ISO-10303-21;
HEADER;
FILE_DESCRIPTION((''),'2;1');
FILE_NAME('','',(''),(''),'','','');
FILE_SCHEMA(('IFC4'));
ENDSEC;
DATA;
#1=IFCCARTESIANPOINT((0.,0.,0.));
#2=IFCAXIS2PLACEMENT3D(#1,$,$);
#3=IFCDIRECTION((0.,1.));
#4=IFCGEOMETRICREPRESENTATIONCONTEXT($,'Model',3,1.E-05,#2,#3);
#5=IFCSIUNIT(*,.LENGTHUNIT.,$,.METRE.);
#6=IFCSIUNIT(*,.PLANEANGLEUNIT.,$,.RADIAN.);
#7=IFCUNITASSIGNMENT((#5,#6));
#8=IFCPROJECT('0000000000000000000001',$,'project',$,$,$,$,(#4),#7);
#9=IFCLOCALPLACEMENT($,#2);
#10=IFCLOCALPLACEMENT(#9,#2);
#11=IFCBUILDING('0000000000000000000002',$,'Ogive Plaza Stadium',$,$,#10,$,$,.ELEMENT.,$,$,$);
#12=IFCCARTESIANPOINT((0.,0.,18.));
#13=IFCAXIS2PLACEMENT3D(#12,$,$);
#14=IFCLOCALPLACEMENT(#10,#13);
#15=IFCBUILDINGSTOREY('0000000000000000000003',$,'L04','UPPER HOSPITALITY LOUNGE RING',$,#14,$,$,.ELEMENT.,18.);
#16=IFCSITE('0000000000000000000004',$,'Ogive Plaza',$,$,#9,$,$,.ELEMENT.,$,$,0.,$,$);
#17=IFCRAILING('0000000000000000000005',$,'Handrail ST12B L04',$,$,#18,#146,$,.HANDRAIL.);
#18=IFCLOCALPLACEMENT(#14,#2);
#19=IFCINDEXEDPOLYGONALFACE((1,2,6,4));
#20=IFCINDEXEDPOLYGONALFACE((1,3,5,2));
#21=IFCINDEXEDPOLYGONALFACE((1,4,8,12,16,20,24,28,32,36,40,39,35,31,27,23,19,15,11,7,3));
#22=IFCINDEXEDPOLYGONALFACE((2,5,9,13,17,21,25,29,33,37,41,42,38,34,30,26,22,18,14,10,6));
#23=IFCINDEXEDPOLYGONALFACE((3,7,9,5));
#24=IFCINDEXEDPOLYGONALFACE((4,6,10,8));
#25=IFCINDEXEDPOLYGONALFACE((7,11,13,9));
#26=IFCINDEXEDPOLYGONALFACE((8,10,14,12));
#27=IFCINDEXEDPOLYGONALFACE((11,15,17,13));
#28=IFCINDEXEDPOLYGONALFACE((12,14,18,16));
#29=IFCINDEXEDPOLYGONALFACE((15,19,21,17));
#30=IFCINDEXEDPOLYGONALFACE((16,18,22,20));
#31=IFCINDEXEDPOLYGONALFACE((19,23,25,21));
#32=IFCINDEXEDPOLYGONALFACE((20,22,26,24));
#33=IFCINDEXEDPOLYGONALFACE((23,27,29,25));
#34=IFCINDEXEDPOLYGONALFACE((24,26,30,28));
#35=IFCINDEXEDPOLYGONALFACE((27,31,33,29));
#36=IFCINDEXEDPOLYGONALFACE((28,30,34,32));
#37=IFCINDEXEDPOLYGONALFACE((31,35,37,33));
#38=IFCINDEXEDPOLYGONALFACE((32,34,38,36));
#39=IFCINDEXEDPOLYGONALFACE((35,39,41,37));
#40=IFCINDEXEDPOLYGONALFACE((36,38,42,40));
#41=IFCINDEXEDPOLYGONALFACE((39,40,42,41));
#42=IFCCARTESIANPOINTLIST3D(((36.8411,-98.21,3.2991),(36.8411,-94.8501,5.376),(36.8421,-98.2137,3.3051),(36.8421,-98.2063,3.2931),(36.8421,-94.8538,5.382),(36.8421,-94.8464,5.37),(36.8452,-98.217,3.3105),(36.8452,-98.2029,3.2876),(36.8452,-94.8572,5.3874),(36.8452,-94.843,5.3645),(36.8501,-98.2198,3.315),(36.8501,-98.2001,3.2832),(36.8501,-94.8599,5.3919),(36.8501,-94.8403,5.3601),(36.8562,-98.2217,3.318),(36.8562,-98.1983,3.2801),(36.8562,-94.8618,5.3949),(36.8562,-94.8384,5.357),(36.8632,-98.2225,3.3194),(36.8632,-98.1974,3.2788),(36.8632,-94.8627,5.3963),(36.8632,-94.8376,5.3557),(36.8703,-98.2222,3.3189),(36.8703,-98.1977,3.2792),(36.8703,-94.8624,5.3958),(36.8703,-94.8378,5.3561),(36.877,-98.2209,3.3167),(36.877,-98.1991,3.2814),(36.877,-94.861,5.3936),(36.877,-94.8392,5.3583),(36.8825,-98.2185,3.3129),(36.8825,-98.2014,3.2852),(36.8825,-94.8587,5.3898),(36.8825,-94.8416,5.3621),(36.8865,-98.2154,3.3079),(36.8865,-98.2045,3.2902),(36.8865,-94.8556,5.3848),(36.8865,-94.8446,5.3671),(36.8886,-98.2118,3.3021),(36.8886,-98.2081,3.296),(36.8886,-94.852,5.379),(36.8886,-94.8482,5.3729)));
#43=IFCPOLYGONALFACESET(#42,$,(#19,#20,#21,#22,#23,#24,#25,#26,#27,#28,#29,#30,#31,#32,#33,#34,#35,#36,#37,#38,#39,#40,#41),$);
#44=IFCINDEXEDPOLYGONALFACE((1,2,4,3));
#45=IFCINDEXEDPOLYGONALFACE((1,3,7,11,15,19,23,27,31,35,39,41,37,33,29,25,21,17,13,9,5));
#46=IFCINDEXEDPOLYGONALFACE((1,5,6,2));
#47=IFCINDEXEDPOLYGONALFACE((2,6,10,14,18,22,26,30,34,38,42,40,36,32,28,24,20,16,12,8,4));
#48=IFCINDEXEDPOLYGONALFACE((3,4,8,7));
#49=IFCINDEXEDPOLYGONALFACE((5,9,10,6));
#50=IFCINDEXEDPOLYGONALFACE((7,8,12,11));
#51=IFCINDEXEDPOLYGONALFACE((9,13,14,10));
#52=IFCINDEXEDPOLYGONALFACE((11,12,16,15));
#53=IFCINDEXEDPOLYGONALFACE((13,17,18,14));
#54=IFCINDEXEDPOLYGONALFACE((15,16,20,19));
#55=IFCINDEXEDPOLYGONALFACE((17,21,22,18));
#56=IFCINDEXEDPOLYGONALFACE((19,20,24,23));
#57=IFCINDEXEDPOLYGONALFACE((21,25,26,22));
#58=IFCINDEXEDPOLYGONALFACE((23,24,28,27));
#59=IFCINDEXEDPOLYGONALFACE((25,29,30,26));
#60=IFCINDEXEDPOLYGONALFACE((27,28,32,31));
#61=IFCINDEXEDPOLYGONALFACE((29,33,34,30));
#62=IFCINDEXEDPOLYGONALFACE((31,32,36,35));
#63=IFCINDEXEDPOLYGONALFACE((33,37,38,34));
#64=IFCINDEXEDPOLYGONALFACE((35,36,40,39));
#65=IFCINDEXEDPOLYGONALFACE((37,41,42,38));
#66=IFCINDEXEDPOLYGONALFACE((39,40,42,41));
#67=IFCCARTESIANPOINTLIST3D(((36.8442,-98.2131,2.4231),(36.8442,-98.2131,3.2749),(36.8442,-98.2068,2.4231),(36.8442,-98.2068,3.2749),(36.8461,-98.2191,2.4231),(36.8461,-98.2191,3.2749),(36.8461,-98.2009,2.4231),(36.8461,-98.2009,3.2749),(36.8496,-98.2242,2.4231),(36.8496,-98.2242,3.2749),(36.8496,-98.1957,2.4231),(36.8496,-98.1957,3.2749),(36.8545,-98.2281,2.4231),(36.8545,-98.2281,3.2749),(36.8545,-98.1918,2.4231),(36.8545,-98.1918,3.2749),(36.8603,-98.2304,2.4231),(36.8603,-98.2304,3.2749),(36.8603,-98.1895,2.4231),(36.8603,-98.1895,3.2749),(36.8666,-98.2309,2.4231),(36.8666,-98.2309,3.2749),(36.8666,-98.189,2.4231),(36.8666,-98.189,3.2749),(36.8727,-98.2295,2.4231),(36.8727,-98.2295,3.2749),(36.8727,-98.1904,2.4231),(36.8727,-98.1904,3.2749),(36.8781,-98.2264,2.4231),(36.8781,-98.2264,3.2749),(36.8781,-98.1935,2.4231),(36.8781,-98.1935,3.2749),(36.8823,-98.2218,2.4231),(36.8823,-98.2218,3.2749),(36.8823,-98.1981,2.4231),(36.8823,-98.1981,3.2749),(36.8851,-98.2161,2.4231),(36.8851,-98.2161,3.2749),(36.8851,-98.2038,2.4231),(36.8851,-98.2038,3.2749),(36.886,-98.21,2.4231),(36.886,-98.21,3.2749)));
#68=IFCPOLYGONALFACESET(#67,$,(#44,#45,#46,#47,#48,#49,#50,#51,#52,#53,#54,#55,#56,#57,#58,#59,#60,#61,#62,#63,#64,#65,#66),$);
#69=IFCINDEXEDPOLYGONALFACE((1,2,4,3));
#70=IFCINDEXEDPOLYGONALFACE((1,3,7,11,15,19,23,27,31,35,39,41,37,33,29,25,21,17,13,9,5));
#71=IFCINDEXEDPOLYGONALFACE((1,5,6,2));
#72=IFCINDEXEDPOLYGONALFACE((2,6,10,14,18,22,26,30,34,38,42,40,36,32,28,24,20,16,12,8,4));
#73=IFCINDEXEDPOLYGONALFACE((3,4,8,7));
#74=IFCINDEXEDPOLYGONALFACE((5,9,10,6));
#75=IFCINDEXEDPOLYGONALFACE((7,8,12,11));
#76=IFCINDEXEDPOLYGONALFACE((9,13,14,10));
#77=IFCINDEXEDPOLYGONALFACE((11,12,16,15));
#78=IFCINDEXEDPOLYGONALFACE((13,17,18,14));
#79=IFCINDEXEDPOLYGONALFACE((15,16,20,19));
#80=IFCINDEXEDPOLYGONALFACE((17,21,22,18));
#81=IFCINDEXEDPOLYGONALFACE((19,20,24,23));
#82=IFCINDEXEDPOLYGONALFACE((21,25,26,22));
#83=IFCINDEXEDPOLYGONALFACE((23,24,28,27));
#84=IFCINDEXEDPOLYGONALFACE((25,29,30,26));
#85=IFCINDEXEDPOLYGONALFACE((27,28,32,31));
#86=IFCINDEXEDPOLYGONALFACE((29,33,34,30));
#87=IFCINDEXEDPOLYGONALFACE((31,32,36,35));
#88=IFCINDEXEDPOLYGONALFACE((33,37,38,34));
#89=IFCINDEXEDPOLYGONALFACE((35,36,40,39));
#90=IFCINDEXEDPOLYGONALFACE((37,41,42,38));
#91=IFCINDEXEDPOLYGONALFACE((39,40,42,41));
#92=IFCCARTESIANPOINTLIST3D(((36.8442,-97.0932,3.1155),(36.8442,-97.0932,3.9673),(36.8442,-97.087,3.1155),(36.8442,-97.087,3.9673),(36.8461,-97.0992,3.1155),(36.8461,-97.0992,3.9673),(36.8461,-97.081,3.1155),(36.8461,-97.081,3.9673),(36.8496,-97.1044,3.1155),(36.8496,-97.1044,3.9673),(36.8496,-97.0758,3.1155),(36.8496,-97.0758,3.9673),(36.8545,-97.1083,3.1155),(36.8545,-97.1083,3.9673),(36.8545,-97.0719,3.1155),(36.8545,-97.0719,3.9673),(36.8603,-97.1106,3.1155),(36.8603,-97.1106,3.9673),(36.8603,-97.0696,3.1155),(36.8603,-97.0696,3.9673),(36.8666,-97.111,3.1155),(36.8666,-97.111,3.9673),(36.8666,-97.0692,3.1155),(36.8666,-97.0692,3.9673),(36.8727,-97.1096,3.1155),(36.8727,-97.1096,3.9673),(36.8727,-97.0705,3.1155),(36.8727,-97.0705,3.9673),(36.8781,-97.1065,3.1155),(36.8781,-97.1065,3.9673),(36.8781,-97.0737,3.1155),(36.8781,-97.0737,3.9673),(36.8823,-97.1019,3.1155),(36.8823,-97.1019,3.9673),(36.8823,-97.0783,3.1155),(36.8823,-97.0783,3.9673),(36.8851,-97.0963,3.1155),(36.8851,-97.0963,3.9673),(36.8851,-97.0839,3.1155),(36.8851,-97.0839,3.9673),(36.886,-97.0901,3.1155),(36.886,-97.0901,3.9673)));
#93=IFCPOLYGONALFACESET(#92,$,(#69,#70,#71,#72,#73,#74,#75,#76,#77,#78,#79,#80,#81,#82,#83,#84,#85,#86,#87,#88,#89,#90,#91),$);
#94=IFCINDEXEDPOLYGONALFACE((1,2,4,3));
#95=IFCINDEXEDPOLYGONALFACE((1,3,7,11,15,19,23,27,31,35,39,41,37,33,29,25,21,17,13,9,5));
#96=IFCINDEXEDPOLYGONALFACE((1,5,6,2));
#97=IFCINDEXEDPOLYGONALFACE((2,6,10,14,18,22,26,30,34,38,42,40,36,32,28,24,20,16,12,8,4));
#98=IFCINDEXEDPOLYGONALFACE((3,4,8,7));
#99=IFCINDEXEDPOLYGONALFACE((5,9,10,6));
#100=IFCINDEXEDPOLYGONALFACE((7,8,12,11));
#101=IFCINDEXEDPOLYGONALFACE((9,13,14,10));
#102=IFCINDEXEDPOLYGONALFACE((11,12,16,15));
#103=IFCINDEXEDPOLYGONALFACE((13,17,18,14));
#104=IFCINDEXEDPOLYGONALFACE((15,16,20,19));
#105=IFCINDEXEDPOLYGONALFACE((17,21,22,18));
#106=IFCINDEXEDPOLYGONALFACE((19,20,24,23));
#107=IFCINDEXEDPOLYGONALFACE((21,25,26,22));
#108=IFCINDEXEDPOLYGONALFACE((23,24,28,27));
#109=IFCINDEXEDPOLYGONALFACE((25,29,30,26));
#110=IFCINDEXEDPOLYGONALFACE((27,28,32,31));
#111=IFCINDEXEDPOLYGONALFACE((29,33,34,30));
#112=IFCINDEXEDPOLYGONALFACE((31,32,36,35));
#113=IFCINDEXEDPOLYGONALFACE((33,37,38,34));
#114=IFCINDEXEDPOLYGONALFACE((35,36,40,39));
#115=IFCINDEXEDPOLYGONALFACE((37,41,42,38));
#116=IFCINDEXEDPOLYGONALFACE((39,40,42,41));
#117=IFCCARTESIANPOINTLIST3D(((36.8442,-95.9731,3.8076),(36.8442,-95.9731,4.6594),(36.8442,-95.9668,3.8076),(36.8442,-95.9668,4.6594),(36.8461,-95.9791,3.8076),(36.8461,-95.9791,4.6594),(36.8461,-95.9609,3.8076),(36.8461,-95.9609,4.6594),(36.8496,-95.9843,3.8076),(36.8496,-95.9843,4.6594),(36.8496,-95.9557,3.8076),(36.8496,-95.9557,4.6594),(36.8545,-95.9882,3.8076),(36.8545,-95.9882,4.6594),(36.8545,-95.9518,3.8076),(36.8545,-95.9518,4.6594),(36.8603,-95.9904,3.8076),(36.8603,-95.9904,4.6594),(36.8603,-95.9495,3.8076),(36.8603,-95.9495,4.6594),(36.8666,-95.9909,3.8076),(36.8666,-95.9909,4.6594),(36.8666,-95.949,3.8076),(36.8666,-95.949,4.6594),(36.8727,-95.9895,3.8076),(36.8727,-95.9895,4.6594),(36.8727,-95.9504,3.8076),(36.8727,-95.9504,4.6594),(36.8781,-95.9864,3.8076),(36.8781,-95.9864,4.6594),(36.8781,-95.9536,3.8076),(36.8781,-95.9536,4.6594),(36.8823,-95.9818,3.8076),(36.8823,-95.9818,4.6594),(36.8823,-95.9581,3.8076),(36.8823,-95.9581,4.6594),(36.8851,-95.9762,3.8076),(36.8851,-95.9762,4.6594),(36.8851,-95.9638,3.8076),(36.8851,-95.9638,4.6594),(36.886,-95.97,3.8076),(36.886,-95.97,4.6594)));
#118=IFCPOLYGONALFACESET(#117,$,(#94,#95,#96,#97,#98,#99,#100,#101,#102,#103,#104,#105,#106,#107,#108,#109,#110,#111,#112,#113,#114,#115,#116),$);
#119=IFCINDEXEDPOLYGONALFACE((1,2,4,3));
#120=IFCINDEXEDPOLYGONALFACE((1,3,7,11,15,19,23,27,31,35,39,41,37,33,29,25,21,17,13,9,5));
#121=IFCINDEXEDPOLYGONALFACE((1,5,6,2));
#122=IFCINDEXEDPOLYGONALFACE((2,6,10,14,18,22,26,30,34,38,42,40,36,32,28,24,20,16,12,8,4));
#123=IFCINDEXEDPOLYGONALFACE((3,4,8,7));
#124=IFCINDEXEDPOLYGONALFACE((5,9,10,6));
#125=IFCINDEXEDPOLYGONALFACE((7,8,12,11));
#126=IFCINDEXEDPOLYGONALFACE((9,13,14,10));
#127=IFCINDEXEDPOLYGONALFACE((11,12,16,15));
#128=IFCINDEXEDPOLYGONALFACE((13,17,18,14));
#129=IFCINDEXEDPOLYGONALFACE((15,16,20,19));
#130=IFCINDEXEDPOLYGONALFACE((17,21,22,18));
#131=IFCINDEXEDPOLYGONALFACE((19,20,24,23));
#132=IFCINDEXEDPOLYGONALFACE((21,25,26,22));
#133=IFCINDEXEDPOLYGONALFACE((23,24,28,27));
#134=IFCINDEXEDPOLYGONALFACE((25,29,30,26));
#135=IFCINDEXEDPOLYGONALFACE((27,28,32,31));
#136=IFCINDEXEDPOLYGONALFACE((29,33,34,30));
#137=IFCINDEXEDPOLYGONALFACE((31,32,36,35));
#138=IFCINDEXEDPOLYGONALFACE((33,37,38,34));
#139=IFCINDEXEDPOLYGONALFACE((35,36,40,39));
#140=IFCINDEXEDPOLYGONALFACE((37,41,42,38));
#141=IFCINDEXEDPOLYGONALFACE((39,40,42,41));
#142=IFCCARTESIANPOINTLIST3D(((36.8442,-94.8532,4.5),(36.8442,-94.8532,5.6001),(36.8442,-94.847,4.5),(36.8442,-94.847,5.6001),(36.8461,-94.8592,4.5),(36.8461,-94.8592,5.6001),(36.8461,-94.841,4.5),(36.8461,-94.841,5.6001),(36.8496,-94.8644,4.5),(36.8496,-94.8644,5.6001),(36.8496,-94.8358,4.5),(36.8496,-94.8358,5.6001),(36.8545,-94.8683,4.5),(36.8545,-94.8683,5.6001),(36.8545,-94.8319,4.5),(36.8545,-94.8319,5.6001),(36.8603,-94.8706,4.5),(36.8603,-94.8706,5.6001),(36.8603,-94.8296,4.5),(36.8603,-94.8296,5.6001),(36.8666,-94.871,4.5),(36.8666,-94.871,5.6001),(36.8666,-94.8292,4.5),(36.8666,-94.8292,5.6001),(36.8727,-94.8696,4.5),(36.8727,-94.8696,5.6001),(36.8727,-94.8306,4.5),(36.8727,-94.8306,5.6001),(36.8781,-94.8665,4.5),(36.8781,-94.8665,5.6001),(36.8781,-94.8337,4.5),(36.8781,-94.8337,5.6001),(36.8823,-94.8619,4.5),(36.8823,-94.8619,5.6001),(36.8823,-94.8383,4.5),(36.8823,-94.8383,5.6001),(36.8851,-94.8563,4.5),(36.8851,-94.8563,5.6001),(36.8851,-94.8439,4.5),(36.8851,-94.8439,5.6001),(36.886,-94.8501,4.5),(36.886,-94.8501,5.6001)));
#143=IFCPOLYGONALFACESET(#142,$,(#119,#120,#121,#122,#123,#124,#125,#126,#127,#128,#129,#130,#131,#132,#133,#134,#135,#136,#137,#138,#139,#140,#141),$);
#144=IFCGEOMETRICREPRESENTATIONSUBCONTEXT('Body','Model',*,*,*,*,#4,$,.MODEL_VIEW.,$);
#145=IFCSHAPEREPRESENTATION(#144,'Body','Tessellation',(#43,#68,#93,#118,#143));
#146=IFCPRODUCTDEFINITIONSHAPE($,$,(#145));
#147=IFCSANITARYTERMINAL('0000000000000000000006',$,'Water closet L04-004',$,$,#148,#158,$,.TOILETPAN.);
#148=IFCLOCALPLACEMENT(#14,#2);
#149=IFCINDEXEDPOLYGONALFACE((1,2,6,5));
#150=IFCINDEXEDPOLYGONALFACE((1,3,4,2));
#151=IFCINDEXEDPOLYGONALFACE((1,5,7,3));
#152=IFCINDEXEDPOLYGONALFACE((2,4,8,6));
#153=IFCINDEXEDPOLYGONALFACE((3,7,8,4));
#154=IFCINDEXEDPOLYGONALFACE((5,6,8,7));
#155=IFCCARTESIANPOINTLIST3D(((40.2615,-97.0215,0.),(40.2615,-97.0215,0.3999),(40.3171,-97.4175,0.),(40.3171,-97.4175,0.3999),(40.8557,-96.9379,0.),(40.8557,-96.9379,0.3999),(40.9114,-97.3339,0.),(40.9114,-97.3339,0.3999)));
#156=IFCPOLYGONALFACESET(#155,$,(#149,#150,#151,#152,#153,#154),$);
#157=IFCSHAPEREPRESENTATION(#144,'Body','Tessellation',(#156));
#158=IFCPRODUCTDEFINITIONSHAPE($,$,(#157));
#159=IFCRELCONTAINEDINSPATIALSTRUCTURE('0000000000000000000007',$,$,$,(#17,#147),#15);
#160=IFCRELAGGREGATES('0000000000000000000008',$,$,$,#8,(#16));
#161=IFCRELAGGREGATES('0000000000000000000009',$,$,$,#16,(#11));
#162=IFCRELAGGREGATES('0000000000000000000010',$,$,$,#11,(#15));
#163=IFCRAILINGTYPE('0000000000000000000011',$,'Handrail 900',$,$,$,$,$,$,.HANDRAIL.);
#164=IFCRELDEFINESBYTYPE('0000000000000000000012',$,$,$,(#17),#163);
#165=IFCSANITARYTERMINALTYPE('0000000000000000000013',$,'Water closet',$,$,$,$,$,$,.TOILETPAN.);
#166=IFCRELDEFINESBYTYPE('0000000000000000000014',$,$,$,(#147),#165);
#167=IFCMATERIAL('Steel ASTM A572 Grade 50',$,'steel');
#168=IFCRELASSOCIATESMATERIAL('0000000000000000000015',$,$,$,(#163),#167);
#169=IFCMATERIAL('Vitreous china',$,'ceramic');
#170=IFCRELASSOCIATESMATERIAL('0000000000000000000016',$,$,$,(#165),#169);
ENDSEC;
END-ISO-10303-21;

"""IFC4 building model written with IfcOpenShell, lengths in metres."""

from ifc_helpers import new_model, si_unit, direction, frame, origin, origin_2d, place, context, subcontext, project, spatial, rectangle, circle, extrude, material, type_object, element, save


model = new_model("IFC4")

# Units and contexts
model_context = context("Model", 3, precision=1e-05, world=origin(), true_north=direction((0.0, 1.0)))
body_context = subcontext(model_context, "Body", "Model", "MODEL_VIEW")
ifc_project = project(units=[si_unit("LENGTHUNIT", "METRE"), si_unit("PLANEANGLEUNIT", "RADIAN")], contexts=[model_context])

# Site, building, storey
site_placement = place(None, origin())
site = spatial("IfcSite", under=ifc_project, at=site_placement, Name="Ogive Plaza", CompositionType="ELEMENT", RefElevation=0.0)
building_placement = place(site_placement, origin())
building = spatial("IfcBuilding", under=site, at=building_placement, Name="Ogive Plaza Stadium", CompositionType="ELEMENT")
storey_placement = place(building_placement, frame((0.0, 0.0, 18.0)))
storey = spatial("IfcBuildingStorey", under=building, at=storey_placement, Name="L04", Description="UPPER HOSPITALITY LOUNGE RING", CompositionType="ELEMENT", Elevation=18.0)

# Railing
ifc_material_1 = material(Name="Steel ASTM A572 Grade 50", Category="steel")
railing_type_1 = type_object("IfcRailingType", Name="Handrail 900", PredefinedType="HANDRAIL", material=ifc_material_1)
for number, where, name in (
    (1, (36.865, -98.21, 2.4231), "Handrail ST12B L04"),
):
    element("IfcRailing", number, at=place(storey_placement, frame(where)), inside=storey, type_object=railing_type_1, Name=name, PredefinedType="HANDRAIL", context=body_context, shape_type="SweptSolid", body=[
        extrude(circle(Radius=0.0239, at=origin_2d()), frame((0.0, 0.0, 0.876), z_axis=(0.0, 0.850606, 0.525803), x_axis=(-1.0, 0.0, 0.0)), (0.0, 0.0, 1.0), 3.95),
        extrude(circle(Radius=0.021, at=origin_2d()), origin(), (0.0, 0.0, 1.0), 0.8518),
        extrude(circle(Radius=0.021, at=origin_2d()), frame((0.0, 1.1199, 0.6924)), (0.0, 0.0, 1.0), 0.8518),
        extrude(circle(Radius=0.021, at=origin_2d()), frame((0.0, 2.24, 1.3845)), (0.0, 0.0, 1.0), 0.8518),
        extrude(circle(Radius=0.021, at=origin_2d()), frame((0.0, 3.3599, 2.0769)), (0.0, 0.0, 1.0), 1.1001),
    ])

# Sanitary terminal
ifc_material_2 = material(Name="Vitreous china", Category="ceramic")
sanitary_terminal_type = type_object("IfcSanitaryTerminalType", Name="Water closet", PredefinedType="TOILETPAN", material=ifc_material_2)
sanitary_terminal_placement = place(storey_placement, frame((40.5864, -97.1777, 0.0), z_axis=(0.0, 0.0, 1.0), x_axis=(-0.139272, 0.990254, 0.0)))
element("IfcSanitaryTerminal", 2, at=sanitary_terminal_placement, inside=storey, type_object=sanitary_terminal_type, Name="Water closet L04-004", PredefinedType="TOILETPAN", context=body_context, shape_type="SweptSolid", body=[
    extrude(rectangle(XDim=0.3999, YDim=0.6001, at=origin_2d()), origin(), (0.0, 0.0, 1.0), 0.3999),
])

save(model, "model.ifc")
